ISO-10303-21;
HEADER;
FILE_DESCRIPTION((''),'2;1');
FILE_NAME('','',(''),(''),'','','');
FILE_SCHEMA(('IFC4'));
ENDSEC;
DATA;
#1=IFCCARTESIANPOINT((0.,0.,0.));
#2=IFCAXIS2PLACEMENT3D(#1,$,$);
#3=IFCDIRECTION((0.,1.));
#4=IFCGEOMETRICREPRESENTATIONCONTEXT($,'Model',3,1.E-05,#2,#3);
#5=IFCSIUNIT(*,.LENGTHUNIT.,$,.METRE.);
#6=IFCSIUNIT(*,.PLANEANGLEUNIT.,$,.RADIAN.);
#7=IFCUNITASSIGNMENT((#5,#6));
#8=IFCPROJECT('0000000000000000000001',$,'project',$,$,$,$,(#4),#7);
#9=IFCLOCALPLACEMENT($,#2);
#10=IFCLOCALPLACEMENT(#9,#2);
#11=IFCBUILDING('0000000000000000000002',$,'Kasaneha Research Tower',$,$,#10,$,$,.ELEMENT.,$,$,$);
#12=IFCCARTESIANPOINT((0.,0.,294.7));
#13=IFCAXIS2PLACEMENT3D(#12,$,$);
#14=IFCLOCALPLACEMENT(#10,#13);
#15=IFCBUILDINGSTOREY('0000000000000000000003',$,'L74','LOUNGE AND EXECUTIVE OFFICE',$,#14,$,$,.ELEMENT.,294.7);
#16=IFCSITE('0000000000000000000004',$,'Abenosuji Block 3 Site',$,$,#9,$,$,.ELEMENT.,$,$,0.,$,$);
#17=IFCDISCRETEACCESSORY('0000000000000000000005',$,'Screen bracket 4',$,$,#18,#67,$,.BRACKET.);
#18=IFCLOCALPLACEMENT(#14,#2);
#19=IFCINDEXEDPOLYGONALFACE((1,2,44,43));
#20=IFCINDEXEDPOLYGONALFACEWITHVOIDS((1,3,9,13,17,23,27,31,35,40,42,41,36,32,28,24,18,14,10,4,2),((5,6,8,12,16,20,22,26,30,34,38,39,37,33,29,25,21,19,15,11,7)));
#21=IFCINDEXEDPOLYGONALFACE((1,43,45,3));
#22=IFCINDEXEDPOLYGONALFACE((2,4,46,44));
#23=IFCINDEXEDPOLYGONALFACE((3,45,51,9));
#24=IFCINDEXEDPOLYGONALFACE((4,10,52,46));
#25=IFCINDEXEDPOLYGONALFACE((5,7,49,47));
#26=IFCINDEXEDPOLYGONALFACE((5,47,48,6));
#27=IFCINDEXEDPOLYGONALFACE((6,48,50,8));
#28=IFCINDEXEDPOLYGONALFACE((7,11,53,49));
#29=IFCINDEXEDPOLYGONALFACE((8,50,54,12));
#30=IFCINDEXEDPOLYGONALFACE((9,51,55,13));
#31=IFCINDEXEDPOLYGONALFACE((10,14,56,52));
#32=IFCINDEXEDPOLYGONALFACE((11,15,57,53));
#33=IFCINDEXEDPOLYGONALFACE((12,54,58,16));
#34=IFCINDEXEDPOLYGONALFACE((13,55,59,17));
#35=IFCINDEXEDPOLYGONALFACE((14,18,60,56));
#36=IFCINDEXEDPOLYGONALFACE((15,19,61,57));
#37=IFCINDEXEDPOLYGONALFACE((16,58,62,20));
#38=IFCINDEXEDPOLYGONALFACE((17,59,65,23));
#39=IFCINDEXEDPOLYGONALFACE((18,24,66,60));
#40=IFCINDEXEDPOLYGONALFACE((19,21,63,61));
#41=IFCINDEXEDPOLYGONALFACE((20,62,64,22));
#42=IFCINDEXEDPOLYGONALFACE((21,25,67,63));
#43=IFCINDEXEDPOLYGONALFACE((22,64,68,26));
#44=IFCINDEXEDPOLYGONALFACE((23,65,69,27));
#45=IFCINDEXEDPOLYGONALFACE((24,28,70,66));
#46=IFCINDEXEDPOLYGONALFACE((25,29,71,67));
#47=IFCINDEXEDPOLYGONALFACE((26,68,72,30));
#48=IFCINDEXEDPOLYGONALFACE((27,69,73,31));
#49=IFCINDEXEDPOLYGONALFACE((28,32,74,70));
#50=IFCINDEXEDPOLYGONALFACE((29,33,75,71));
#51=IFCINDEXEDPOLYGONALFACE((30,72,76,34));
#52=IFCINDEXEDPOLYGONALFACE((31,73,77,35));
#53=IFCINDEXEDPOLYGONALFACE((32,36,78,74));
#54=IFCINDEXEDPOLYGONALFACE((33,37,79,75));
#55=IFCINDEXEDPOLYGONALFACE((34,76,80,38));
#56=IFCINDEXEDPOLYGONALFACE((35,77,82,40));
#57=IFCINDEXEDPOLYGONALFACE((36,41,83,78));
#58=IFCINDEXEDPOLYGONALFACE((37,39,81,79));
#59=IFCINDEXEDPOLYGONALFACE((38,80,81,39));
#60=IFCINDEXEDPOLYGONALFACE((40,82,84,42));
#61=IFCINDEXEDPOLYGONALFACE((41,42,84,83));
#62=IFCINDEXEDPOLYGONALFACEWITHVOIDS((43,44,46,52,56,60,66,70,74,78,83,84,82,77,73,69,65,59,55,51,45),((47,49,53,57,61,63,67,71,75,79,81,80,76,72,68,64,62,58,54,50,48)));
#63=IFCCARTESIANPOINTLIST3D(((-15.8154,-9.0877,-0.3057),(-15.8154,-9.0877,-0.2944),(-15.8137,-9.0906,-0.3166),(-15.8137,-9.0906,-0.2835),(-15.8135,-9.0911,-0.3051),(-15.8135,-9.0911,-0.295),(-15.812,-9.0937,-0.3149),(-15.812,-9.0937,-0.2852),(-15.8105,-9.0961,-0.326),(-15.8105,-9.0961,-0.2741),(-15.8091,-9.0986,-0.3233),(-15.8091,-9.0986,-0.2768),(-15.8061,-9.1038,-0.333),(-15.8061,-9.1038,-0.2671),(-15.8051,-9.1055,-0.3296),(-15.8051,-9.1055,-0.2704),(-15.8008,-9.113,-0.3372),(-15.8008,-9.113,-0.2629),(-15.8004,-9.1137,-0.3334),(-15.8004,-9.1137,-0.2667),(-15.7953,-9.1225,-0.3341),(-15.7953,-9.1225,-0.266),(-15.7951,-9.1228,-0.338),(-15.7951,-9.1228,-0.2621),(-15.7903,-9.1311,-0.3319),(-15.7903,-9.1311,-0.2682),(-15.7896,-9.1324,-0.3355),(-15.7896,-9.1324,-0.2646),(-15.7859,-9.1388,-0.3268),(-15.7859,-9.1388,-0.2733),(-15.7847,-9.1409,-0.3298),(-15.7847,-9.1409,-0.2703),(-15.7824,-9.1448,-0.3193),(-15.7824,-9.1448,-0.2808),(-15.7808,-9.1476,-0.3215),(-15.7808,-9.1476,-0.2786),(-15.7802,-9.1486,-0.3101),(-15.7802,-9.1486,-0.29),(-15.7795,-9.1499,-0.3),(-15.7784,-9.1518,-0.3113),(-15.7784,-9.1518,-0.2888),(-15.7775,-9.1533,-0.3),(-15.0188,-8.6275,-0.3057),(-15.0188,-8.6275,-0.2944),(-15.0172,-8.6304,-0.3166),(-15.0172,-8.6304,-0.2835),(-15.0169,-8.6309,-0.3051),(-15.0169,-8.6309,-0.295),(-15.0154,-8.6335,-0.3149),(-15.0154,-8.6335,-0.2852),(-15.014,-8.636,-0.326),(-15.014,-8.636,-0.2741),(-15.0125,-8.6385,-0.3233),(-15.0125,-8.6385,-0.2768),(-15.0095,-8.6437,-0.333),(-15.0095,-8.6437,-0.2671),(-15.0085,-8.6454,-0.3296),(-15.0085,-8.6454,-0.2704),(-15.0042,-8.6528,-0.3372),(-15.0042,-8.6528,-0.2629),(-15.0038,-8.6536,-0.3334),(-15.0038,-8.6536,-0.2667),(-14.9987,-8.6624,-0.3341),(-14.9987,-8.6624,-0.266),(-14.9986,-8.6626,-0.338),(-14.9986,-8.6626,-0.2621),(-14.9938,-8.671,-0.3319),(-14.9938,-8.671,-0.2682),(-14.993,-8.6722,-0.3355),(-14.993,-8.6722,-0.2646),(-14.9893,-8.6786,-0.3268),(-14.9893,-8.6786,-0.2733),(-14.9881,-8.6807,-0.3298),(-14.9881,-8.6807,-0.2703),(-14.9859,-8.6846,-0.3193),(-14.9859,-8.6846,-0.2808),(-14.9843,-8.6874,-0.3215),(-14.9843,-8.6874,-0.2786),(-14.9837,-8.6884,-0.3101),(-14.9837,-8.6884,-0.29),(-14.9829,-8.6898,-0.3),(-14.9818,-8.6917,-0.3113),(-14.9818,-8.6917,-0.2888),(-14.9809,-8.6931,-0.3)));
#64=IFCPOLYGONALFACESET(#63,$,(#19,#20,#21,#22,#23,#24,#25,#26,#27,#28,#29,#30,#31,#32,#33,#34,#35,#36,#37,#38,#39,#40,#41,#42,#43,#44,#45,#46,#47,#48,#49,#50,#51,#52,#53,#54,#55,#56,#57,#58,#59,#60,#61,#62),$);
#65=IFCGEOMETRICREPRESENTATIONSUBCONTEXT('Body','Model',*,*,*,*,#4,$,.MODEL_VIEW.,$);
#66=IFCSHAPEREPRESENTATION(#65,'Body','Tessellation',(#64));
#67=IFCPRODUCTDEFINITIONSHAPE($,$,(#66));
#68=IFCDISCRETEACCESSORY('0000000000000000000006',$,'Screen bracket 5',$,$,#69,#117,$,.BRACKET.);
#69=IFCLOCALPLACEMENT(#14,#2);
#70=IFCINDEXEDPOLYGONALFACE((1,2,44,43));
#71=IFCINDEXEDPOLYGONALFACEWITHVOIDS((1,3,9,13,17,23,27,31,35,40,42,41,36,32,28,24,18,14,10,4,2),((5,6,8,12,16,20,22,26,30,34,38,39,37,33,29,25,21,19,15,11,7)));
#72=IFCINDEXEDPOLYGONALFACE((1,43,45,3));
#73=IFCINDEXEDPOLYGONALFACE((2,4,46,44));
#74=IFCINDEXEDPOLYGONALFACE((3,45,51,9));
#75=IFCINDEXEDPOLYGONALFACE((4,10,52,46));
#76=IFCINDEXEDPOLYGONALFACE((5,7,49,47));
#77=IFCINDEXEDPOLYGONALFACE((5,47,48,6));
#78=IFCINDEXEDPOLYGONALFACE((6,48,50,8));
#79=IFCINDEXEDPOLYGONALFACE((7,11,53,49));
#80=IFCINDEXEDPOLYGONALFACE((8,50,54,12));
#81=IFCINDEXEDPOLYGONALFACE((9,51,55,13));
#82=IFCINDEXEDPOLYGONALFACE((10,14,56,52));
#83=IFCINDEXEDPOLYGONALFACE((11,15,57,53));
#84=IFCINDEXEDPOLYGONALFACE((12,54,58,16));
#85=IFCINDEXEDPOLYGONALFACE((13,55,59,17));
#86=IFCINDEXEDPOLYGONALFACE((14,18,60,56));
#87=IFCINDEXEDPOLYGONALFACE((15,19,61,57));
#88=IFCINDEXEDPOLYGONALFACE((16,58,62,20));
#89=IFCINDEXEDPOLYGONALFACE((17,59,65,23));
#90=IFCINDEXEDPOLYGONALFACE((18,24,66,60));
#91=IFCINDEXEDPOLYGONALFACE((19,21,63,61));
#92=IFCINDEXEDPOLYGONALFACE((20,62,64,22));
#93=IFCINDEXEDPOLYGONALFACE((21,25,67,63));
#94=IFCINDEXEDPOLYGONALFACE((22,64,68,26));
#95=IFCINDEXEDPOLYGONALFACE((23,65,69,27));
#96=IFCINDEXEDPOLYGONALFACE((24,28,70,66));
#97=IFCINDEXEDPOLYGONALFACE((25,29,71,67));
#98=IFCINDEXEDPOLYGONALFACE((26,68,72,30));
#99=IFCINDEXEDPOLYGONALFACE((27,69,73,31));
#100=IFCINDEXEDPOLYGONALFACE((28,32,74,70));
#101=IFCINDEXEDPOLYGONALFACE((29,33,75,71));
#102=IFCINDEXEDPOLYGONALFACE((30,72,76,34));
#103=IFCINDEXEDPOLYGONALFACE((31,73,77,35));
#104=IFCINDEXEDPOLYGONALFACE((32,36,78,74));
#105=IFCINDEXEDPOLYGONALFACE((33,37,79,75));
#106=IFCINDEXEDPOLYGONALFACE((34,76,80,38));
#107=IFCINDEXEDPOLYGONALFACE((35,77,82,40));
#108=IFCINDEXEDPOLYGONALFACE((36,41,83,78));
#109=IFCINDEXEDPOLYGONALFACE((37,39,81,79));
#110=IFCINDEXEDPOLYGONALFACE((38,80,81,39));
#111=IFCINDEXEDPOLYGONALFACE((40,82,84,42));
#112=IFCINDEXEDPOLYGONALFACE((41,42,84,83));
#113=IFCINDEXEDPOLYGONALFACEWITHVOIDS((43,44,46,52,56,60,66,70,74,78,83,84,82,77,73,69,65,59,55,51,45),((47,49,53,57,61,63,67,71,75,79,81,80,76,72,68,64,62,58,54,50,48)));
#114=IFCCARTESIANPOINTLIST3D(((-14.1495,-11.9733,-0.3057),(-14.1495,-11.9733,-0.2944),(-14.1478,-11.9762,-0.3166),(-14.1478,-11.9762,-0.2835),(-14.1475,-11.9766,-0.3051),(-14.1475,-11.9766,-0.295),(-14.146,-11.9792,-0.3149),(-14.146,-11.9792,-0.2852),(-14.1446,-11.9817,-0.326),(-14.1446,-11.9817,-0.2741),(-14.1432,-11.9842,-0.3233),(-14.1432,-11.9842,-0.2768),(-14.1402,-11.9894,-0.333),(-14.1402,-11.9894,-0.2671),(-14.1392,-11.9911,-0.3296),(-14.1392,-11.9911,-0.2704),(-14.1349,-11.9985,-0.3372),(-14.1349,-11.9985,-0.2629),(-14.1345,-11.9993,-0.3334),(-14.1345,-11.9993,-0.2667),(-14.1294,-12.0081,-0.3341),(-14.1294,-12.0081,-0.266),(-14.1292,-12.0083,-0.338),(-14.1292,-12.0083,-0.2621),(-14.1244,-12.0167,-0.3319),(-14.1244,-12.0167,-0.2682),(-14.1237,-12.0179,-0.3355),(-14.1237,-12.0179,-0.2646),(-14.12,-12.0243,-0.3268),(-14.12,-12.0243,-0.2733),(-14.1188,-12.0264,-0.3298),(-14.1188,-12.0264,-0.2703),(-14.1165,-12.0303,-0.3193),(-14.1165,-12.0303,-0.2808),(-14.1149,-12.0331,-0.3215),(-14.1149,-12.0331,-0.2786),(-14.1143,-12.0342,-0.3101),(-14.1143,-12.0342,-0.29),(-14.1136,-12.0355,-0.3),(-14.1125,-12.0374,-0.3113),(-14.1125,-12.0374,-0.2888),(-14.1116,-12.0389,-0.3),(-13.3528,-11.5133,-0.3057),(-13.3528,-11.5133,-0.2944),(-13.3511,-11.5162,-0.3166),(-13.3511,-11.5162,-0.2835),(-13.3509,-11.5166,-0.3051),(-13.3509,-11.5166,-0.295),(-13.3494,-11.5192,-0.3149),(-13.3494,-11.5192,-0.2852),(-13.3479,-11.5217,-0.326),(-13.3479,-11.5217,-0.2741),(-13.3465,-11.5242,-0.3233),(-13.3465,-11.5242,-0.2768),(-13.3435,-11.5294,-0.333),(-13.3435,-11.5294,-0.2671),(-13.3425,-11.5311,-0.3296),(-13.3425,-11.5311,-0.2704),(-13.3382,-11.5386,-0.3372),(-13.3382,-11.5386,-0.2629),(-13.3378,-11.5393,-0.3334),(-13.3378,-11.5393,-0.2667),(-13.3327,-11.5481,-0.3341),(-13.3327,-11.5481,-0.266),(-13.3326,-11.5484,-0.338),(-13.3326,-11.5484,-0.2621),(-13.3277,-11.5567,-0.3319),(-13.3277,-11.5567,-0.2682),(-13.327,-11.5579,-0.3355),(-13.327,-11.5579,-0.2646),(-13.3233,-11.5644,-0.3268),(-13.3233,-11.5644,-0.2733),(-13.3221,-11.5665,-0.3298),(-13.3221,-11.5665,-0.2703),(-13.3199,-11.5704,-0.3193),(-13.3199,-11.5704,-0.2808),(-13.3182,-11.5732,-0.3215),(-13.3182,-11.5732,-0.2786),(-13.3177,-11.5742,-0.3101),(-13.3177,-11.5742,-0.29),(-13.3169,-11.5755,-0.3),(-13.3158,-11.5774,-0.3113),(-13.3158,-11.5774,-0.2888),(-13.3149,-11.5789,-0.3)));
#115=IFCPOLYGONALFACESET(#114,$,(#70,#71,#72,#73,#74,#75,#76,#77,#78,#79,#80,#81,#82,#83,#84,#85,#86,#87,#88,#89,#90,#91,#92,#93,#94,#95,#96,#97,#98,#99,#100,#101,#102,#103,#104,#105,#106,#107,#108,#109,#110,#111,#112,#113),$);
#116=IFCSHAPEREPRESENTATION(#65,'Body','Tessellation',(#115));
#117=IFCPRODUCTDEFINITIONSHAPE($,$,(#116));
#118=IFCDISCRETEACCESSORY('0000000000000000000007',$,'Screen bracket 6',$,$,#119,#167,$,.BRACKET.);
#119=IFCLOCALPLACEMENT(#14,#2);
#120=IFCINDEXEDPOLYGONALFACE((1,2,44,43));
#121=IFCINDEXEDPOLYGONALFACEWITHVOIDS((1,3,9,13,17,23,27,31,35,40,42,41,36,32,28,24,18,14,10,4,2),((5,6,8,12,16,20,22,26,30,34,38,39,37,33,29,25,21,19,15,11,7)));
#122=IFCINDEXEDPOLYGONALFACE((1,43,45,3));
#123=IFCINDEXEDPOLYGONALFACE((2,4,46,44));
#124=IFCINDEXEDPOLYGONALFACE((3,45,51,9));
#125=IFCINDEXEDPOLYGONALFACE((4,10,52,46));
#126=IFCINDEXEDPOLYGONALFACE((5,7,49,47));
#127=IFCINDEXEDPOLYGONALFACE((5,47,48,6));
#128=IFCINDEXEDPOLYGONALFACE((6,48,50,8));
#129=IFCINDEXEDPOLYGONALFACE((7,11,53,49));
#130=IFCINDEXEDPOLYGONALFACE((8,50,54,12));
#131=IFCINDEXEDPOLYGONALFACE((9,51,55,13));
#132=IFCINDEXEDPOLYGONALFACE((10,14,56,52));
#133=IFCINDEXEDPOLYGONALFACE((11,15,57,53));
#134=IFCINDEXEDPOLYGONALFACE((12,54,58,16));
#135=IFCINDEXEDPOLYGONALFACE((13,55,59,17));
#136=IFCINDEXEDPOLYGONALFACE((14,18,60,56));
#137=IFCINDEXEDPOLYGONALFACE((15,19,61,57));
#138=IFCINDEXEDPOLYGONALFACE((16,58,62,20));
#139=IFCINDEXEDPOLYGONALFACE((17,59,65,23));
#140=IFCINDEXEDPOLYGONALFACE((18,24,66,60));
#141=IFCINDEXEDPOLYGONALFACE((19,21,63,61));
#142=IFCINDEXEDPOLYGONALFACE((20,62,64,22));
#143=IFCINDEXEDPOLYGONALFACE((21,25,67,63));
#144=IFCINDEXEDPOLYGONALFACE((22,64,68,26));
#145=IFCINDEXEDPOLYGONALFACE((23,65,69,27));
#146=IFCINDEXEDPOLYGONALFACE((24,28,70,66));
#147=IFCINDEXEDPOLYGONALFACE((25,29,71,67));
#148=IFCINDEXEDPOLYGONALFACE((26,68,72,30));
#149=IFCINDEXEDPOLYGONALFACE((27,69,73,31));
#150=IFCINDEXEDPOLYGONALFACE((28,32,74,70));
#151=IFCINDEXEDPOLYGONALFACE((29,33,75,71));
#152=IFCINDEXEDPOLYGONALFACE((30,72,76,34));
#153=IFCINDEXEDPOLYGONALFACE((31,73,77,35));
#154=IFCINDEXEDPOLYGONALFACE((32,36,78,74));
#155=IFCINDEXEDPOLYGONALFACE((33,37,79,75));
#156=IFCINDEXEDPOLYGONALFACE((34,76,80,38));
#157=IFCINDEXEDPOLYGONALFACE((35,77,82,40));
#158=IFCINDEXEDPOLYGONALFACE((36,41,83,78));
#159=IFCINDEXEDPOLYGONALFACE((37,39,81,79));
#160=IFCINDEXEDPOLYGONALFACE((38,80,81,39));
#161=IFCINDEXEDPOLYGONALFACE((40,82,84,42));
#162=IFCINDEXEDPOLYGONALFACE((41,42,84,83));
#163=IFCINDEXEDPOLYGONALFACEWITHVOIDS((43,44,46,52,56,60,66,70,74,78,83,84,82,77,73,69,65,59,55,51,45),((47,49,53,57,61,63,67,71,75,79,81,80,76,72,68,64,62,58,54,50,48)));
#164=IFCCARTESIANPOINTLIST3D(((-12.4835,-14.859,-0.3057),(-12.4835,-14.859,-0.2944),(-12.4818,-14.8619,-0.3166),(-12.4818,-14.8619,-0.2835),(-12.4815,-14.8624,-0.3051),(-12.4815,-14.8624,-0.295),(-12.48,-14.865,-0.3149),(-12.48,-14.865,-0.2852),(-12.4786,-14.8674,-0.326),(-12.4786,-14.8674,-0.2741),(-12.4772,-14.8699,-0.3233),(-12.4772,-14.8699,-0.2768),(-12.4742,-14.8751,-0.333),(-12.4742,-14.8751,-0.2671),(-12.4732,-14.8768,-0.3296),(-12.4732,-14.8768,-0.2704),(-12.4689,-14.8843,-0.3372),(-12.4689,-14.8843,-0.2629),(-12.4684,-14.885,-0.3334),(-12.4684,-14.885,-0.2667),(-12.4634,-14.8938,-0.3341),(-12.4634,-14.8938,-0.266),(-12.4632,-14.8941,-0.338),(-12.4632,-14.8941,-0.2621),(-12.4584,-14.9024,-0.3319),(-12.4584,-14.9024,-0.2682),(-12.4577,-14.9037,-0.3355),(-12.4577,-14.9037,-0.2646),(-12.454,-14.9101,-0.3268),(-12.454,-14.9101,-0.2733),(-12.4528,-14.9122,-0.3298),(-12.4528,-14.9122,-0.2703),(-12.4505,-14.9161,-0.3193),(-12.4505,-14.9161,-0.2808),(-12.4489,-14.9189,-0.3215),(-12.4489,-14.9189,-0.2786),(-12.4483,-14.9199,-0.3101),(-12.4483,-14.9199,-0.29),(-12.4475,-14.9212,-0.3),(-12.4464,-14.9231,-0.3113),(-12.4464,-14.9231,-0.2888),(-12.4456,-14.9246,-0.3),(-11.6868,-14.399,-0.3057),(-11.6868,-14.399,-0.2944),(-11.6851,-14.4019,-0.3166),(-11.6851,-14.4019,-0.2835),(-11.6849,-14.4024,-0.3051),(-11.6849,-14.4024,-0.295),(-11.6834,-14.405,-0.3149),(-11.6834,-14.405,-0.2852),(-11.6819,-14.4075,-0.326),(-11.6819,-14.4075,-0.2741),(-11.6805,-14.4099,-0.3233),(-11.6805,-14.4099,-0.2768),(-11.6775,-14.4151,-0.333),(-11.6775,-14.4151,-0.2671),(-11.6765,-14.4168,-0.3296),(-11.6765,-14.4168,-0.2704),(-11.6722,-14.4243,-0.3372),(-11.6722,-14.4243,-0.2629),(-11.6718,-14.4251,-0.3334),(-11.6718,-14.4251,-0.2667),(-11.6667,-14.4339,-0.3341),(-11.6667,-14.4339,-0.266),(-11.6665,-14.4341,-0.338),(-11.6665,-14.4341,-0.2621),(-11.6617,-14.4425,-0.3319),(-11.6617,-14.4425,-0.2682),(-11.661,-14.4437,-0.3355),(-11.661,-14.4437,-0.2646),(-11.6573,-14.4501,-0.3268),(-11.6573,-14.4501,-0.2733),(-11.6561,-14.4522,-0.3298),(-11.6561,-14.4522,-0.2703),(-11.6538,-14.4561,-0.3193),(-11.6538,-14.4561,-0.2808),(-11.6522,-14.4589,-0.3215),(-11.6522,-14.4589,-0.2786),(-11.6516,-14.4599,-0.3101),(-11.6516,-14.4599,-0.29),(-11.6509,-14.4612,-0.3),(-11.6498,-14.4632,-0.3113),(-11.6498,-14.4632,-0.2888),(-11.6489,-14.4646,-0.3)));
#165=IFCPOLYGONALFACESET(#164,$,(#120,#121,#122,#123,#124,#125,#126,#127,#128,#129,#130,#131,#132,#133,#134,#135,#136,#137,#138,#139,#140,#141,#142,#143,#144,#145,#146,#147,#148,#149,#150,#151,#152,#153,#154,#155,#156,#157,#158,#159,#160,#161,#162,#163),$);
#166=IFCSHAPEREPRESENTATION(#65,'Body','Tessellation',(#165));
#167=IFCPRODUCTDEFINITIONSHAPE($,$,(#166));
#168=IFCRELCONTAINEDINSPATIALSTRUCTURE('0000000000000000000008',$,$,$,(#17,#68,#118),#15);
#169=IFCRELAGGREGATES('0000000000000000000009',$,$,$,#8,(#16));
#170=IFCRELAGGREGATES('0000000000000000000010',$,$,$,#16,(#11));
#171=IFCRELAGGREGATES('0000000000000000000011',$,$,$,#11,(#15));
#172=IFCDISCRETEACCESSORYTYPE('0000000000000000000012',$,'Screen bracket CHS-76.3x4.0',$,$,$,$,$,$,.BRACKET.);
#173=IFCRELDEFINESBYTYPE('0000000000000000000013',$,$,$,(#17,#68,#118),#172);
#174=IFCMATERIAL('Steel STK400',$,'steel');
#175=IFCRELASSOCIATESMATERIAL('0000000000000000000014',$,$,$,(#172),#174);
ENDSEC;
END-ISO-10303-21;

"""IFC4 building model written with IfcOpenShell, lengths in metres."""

from ifc_helpers import new_model, si_unit, direction, frame, origin, origin_2d, place, context, subcontext, project, spatial, hollow_circle, extrude, material, material_profile, profile_set, type_object, element, save


model = new_model("IFC4")

# Units and contexts
model_context = context("Model", 3, precision=1e-05, world=origin(), true_north=direction((0.0, 1.0)))
body_context = subcontext(model_context, "Body", "Model", "MODEL_VIEW")
ifc_project = project(units=[si_unit("LENGTHUNIT", "METRE"), si_unit("PLANEANGLEUNIT", "RADIAN")], contexts=[model_context])

# Site, building, storey
site_placement = place(None, origin())
site = spatial("IfcSite", under=ifc_project, at=site_placement, Name="Abenosuji Block 3 Site", CompositionType="ELEMENT", RefElevation=0.0)
building_placement = place(site_placement, origin())
building = spatial("IfcBuilding", under=site, at=building_placement, Name="Kasaneha Research Tower", CompositionType="ELEMENT")
storey_placement = place(building_placement, frame((0.0, 0.0, 294.7)))
storey = spatial("IfcBuildingStorey", under=building, at=storey_placement, Name="L74", Description="LOUNGE AND EXECUTIVE OFFICE", CompositionType="ELEMENT", Elevation=294.7)

# Discrete accessories
ifc_material_1 = material(Name="Steel STK400", Category="steel")
ifc_material_profile_1 = material_profile(ifc_material_1, hollow_circle(Radius=0.0381, WallThickness=0.0039, at=origin_2d()), Name="CHS-76.3x4.0")
ifc_profile_set_1 = profile_set([ifc_material_profile_1], Name="Steel STK400")
discrete_accessory_type = type_object("IfcDiscreteAccessoryType", Name="Screen bracket CHS-76.3x4.0", PredefinedType="BRACKET", material=ifc_profile_set_1)
for number, where, z_axis, x_axis, name in (
    (1, (-15.0, -8.6602, -0.3), (-0.865898, -0.50022, 0.0), (0.50022, -0.865898, 0.0), "Screen bracket 4"),
    (2, (-13.334, -11.5459, -0.3), (-0.866013, -0.500021, 0.0), (0.500021, -0.866013, 0.0), "Screen bracket 5"),
    (3, (-11.668, -14.4316, -0.3), (-0.866013, -0.500021, 0.0), (0.500021, -0.866013, 0.0), "Screen bracket 6"),
):
    element("IfcDiscreteAccessory", number, at=place(storey_placement, frame(where, z_axis=z_axis, x_axis=x_axis)), inside=storey, type_object=discrete_accessory_type, Name=name, PredefinedType="BRACKET", context=body_context, shape_type="SweptSolid", body=[
        extrude(hollow_circle(Radius=0.0381, WallThickness=0.0039, at=origin_2d()), origin(), (0.0, 0.0, 1.0), 0.9199),
    ])

save(model, "model.ifc")
